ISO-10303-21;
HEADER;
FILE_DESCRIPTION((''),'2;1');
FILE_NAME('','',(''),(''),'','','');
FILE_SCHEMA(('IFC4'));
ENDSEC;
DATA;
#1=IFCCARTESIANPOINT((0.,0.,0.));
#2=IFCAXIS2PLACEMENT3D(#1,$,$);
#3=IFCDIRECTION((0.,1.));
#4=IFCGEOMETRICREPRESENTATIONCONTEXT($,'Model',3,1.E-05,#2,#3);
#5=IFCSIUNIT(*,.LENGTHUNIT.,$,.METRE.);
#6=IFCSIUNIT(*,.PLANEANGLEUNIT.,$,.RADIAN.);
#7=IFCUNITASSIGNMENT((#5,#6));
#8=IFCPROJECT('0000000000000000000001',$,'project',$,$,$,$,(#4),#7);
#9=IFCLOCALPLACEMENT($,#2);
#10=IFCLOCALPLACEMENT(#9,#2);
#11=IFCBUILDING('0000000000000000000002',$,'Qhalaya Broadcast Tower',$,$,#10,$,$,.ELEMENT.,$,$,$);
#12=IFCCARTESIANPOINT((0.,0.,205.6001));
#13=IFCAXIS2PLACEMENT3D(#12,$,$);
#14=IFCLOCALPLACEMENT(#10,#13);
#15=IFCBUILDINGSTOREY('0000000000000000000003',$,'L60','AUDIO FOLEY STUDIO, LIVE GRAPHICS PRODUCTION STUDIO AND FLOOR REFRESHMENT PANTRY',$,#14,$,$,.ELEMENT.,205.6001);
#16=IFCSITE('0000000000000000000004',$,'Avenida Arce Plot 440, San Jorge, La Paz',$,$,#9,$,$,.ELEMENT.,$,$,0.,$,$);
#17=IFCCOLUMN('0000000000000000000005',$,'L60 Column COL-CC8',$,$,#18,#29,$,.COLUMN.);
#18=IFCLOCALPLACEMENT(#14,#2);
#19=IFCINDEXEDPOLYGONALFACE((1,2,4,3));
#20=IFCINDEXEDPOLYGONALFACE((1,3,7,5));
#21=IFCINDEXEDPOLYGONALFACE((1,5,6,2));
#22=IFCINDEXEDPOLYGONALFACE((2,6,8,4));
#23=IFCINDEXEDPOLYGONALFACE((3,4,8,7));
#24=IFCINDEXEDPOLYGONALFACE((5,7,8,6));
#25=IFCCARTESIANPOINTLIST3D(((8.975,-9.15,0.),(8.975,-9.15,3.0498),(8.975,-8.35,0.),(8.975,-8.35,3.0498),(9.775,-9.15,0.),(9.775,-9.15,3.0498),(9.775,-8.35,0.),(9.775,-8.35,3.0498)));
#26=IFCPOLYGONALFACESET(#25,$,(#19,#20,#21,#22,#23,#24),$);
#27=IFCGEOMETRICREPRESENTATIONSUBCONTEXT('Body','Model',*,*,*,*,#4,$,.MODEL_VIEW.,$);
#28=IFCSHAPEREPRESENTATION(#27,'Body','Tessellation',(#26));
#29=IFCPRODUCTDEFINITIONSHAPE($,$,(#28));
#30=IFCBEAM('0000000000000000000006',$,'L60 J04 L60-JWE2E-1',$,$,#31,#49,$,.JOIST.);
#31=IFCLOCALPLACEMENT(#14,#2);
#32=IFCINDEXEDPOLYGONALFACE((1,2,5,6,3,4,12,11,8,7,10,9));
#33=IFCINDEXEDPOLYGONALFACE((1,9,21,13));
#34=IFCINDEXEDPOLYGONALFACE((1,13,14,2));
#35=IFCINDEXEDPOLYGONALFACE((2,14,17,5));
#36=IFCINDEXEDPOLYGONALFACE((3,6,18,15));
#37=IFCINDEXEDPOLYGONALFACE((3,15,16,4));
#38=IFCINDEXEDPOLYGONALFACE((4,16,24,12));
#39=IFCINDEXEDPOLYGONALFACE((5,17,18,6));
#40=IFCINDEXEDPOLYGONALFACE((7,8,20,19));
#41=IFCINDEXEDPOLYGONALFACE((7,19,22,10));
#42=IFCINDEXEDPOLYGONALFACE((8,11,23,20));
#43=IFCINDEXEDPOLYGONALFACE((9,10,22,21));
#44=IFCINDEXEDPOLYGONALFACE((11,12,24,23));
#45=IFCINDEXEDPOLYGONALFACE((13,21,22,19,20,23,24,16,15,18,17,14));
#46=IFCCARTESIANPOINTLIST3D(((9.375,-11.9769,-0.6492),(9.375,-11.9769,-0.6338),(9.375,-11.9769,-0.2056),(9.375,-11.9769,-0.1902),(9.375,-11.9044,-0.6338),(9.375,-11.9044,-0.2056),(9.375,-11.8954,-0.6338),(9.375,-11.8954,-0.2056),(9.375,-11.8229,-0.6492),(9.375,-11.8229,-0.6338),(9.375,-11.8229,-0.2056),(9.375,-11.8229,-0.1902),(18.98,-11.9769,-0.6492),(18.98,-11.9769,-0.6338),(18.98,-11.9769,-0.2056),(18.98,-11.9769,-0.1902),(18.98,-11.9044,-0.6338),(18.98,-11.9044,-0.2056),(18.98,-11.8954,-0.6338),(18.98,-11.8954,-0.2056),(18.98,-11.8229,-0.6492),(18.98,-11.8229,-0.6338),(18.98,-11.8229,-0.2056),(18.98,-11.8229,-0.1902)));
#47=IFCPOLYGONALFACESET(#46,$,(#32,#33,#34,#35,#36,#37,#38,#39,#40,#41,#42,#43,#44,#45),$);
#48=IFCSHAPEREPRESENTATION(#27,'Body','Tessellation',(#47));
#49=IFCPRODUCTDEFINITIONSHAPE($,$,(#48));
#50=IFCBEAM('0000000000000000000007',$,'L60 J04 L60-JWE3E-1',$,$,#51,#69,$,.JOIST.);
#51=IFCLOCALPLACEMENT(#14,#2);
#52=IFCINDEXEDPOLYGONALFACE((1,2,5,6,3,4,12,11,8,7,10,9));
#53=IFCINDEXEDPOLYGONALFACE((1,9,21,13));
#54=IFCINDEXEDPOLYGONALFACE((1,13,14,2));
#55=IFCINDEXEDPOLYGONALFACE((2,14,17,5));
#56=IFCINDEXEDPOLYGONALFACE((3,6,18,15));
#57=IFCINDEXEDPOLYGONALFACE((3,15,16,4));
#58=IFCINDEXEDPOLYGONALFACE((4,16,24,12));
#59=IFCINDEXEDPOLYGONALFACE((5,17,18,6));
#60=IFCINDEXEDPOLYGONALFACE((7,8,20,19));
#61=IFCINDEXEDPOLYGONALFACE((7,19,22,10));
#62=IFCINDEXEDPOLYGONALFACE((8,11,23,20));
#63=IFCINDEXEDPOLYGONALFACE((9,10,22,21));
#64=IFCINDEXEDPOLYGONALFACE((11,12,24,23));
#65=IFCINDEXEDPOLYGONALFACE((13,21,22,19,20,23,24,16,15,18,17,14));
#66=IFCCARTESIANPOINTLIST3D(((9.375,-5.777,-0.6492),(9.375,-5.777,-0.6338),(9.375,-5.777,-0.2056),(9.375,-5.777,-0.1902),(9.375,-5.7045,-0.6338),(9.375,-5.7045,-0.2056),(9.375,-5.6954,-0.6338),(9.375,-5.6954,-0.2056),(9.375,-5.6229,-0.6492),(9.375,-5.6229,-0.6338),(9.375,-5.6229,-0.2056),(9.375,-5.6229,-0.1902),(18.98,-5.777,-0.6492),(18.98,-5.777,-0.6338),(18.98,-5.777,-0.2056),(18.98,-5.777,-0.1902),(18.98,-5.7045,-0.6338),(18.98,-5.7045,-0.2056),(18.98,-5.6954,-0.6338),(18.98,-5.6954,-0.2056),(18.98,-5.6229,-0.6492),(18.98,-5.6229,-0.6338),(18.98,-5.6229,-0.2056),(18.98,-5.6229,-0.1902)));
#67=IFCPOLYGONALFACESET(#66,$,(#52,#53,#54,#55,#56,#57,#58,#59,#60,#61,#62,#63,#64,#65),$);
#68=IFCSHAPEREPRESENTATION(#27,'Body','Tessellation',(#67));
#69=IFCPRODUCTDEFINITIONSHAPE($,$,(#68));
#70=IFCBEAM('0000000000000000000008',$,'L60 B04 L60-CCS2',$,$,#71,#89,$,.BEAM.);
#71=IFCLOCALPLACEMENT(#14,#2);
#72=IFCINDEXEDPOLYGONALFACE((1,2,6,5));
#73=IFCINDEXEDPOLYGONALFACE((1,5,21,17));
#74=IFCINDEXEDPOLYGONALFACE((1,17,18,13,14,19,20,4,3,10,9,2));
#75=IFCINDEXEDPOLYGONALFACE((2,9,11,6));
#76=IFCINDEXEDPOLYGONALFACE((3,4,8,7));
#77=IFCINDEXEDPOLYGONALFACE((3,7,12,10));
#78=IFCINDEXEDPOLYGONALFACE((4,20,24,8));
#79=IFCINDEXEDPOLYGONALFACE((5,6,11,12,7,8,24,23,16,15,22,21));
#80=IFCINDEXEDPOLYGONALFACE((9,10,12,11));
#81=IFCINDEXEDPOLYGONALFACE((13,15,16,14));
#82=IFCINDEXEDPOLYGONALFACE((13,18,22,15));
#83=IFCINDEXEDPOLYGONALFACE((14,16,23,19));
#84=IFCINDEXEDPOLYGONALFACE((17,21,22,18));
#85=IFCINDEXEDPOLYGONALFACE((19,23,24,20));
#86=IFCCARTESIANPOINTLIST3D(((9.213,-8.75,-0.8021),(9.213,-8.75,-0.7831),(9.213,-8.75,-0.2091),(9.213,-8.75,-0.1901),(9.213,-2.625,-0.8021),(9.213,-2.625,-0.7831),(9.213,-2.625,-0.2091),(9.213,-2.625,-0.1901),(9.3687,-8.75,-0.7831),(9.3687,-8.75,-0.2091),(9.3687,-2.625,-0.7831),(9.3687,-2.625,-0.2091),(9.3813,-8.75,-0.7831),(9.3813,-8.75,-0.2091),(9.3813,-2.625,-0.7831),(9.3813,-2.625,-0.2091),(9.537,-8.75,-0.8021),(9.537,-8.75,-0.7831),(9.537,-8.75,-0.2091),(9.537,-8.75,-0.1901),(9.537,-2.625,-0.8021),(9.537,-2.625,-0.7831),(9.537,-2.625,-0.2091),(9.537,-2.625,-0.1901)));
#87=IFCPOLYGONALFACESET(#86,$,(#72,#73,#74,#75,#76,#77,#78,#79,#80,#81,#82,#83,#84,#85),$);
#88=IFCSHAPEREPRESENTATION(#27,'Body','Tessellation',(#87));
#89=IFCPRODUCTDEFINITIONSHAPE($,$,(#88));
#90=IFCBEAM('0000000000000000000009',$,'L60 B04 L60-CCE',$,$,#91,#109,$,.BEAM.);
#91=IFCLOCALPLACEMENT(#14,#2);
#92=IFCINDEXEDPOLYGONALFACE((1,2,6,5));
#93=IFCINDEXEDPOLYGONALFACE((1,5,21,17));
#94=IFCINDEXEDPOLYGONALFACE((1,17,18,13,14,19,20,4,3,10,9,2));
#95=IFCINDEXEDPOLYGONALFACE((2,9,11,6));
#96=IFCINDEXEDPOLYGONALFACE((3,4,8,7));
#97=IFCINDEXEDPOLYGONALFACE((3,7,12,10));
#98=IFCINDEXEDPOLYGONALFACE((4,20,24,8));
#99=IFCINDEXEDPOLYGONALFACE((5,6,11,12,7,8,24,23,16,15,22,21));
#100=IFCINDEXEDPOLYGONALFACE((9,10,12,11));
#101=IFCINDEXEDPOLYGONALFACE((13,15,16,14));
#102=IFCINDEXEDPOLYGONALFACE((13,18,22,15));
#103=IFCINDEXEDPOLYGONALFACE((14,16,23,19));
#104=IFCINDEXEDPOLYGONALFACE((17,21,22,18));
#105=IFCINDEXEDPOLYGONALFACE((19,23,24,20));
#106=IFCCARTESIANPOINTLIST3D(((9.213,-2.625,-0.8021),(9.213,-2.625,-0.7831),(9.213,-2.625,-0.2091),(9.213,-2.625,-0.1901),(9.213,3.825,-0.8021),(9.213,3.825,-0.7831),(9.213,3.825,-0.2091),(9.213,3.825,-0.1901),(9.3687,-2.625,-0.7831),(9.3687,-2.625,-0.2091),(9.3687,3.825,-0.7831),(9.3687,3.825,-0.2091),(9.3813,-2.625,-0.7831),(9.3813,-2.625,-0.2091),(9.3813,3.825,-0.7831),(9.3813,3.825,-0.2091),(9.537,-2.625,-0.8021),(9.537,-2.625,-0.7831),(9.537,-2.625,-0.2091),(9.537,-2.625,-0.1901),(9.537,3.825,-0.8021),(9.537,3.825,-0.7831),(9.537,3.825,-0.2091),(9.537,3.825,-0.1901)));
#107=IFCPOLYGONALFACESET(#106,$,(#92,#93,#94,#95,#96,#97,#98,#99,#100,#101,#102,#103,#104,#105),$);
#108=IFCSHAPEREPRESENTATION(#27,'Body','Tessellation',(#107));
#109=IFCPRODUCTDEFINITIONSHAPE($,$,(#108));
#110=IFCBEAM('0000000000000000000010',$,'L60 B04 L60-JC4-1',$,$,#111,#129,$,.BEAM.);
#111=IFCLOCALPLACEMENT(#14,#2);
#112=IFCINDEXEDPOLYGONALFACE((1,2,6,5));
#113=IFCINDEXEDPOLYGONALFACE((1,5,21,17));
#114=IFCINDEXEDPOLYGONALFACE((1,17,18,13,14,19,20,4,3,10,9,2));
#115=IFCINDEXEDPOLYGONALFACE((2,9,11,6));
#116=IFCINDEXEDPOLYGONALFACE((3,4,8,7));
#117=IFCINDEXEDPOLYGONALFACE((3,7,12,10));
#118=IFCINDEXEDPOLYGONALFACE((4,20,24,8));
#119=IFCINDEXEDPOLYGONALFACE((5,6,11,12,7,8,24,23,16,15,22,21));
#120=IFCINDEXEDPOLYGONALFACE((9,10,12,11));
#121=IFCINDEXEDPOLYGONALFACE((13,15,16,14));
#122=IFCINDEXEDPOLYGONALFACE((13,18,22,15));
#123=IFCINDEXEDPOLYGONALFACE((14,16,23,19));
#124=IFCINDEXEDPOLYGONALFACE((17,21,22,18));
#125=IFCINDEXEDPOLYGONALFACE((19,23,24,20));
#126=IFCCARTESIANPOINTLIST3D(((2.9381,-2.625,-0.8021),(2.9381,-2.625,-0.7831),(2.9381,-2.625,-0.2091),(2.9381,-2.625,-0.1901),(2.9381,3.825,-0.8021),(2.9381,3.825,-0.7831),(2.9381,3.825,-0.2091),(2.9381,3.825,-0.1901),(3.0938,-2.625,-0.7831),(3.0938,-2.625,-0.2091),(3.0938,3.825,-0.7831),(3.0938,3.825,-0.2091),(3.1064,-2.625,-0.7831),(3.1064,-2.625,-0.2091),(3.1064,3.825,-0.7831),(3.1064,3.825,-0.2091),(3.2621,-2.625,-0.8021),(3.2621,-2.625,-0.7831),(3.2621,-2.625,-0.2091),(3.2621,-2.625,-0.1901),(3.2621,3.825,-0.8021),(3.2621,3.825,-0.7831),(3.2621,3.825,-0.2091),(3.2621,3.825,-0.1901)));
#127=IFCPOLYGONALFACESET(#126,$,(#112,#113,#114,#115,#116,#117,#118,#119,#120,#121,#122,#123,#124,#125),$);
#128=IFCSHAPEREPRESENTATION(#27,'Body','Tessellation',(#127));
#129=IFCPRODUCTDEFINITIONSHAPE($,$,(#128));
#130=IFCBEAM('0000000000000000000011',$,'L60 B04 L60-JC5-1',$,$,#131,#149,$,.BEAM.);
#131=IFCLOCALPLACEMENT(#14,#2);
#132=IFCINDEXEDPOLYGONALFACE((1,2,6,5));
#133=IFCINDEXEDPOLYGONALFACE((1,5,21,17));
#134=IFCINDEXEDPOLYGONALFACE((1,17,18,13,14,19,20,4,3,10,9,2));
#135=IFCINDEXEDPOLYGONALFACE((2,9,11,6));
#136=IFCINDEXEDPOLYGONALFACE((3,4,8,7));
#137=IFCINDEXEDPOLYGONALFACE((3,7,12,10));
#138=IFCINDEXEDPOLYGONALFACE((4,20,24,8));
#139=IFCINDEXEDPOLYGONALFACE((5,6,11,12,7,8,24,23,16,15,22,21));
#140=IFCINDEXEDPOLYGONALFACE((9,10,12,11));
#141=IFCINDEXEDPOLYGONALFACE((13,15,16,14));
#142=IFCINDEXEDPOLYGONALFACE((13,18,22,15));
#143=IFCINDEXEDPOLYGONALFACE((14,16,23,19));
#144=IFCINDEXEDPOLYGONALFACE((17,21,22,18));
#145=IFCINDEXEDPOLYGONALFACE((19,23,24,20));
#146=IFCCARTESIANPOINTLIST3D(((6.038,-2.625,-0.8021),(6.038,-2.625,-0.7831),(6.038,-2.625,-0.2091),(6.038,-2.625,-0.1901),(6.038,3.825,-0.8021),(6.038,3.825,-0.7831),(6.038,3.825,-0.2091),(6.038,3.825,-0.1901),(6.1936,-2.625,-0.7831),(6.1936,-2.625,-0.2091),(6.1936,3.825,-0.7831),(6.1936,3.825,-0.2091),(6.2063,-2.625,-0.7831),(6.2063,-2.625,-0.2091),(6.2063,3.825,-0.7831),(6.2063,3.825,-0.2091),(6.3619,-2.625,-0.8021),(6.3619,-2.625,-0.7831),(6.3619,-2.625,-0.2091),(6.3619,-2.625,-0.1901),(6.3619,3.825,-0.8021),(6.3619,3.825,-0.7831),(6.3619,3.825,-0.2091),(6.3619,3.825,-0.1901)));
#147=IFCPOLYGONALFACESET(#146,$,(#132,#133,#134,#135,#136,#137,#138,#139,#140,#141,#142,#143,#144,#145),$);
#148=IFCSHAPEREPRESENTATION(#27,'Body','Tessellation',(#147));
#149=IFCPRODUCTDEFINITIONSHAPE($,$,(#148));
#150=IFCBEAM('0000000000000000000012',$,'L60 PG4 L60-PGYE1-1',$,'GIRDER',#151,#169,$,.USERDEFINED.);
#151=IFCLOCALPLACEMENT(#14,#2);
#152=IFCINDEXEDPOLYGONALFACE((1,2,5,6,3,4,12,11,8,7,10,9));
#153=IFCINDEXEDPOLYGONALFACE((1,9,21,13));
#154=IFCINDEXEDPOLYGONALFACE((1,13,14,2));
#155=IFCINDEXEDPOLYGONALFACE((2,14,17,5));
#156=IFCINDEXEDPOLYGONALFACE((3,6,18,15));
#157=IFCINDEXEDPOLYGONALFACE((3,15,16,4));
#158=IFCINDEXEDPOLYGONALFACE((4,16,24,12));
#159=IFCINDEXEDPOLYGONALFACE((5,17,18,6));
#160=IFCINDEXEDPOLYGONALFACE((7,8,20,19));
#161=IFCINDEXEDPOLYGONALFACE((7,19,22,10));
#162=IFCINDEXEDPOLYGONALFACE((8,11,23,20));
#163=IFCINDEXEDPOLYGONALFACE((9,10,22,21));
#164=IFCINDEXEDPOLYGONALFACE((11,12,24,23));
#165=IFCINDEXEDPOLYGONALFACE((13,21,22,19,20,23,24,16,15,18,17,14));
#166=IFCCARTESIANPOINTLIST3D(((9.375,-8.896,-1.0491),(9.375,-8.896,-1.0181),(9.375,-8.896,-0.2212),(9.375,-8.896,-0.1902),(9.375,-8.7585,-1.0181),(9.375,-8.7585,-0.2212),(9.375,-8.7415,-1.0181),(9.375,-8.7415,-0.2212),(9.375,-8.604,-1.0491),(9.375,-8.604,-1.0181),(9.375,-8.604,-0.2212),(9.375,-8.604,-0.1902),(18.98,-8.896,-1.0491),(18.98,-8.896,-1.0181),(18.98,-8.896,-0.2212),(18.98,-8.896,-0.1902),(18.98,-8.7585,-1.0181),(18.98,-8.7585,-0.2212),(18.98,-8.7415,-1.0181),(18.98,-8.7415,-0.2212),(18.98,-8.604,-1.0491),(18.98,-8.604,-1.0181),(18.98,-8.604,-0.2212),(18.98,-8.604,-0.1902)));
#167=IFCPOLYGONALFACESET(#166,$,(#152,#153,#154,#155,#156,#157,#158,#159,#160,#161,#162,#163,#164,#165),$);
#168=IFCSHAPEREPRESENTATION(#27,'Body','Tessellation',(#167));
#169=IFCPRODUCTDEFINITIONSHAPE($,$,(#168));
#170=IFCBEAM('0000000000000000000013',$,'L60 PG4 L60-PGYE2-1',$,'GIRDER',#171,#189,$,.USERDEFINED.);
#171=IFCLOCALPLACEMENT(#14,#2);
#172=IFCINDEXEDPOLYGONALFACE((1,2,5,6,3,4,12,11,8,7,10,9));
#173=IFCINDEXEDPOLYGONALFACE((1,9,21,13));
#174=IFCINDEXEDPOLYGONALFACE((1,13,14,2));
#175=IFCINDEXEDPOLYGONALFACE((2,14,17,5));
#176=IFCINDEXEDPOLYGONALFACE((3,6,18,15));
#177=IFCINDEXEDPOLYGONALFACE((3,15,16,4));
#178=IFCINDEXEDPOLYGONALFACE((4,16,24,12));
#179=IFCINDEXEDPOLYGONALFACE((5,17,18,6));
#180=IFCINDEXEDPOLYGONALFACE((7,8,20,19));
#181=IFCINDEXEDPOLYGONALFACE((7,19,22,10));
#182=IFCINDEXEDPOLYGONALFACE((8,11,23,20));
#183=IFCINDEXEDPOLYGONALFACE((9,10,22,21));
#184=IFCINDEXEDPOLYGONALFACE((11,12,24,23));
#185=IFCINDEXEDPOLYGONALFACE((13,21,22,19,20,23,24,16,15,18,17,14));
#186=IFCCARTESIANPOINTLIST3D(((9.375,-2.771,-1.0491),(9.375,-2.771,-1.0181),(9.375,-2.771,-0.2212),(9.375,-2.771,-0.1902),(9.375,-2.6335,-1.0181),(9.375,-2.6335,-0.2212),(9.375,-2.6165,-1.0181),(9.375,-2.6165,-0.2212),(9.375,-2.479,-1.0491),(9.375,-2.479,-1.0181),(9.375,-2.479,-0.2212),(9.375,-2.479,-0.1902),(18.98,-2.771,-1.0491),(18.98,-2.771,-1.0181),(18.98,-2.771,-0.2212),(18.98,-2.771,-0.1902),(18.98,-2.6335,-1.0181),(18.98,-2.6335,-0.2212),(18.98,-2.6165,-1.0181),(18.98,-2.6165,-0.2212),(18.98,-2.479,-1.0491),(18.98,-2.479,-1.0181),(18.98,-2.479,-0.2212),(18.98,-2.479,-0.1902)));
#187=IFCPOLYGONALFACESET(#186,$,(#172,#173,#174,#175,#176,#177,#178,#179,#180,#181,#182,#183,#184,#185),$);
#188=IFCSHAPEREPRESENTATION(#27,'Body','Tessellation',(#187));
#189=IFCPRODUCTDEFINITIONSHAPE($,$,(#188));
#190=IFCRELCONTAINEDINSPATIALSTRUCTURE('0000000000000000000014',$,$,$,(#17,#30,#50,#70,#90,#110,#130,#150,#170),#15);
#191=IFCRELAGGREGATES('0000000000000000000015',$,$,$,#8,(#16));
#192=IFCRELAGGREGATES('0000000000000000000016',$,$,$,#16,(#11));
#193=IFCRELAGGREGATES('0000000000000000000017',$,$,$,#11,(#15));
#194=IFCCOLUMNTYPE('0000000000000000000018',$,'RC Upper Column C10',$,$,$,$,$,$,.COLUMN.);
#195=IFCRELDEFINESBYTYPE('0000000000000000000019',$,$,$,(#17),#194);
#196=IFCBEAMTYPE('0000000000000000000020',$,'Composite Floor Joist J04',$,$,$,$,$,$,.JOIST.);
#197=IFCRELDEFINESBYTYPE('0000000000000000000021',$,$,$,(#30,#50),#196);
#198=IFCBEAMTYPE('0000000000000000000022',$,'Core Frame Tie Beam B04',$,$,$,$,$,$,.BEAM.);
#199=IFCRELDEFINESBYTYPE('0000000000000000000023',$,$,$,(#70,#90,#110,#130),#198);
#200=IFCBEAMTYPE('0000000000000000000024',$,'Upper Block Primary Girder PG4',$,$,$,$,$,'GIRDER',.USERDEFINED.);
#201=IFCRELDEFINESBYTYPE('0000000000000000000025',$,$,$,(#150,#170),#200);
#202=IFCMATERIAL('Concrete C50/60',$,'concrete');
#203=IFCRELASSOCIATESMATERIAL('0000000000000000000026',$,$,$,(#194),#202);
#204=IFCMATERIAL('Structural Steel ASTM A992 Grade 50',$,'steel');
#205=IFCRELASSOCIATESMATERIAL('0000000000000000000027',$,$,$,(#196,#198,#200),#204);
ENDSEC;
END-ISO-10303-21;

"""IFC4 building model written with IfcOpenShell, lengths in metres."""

from ifc_helpers import new_model, si_unit, direction, frame, origin, origin_2d, place, context, subcontext, project, spatial, rectangle, i_section, extrude, material, material_profile, profile_set, type_object, element, save


model = new_model("IFC4")

# Units and contexts
model_context = context("Model", 3, precision=1e-05, world=origin(), true_north=direction((0.0, 1.0)))
body_context = subcontext(model_context, "Body", "Model", "MODEL_VIEW")
ifc_project = project(units=[si_unit("LENGTHUNIT", "METRE"), si_unit("PLANEANGLEUNIT", "RADIAN")], contexts=[model_context])

# Site, building, storey
site_placement = place(None, origin())
site = spatial("IfcSite", under=ifc_project, at=site_placement, Name="Avenida Arce Plot 440, San Jorge, La Paz", CompositionType="ELEMENT", RefElevation=0.0)
building_placement = place(site_placement, origin())
building = spatial("IfcBuilding", under=site, at=building_placement, Name="Qhalaya Broadcast Tower", CompositionType="ELEMENT")
storey_placement = place(building_placement, frame((0.0, 0.0, 205.6001)))
storey = spatial("IfcBuildingStorey", under=building, at=storey_placement, Name="L60", Description="AUDIO FOLEY STUDIO, LIVE GRAPHICS PRODUCTION STUDIO AND FLOOR REFRESHMENT PANTRY", CompositionType="ELEMENT", Elevation=205.6001)

# Column
ifc_material_1 = material(Name="Concrete C50/60", Category="concrete")
ifc_material_profile_1 = material_profile(ifc_material_1, rectangle(XDim=0.8, YDim=0.8, at=origin_2d()), Name="RC-COL 800x800")
ifc_profile_set_1 = profile_set([ifc_material_profile_1], Name="Concrete C50/60")
column_type = type_object("IfcColumnType", Name="RC Upper Column C10", PredefinedType="COLUMN", material=ifc_profile_set_1)
column_placement = place(storey_placement, frame((9.375, -8.75, 0.0), z_axis=(0.0, 0.0, 1.0), x_axis=(1.0, 0.0, 0.0)))
element("IfcColumn", 1, at=column_placement, inside=storey, type_object=column_type, Name="L60 Column COL-CC8", PredefinedType="COLUMN", context=body_context, shape_type="SweptSolid", body=[
    extrude(rectangle(XDim=0.8, YDim=0.8, at=origin_2d()), origin(), (0.0, 0.0, 1.0), 3.0498),
])

# Beams
ifc_material_2 = material(Name="Structural Steel ASTM A992 Grade 50", Category="steel")
ifc_material_profile_2 = material_profile(ifc_material_2, i_section(OverallWidth=0.1541, OverallDepth=0.459, WebThickness=0.009, FlangeThickness=0.0154, at=origin_2d()), Name="W18X46")
ifc_profile_set_2 = profile_set([ifc_material_profile_2], Name="Structural Steel ASTM A992 Grade 50")
beam_type_1 = type_object("IfcBeamType", Name="Composite Floor Joist J04", PredefinedType="JOIST", material=ifc_profile_set_2)
for number, where, z_axis, x_axis, name in (
    (2, (9.375, -11.8999, -0.4197), (1.0, 0.0, 0.0), (0.0, 1.0, 0.0), "L60 J04 L60-JWE2E-1"),
    (3, (9.375, -5.7, -0.4197), (1.0, 0.0, 0.0), (0.0, 1.0, 0.0), "L60 J04 L60-JWE3E-1"),
):
    element("IfcBeam", number, at=place(storey_placement, frame(where, z_axis=z_axis, x_axis=x_axis)), inside=storey, type_object=beam_type_1, Name=name, PredefinedType="JOIST", context=body_context, shape_type="SweptSolid", body=[
        extrude(i_section(OverallWidth=0.1541, OverallDepth=0.459, WebThickness=0.009, FlangeThickness=0.0154, at=origin_2d()), origin(), (0.0, 0.0, 1.0), 9.605),
    ])
ifc_material_profile_3 = material_profile(ifc_material_2, i_section(OverallWidth=0.324, OverallDepth=0.6121, WebThickness=0.0127, FlangeThickness=0.019, at=origin_2d()), Name="W24X104")
ifc_profile_set_3 = profile_set([ifc_material_profile_3], Name="Structural Steel ASTM A992 Grade 50")
beam_type_2 = type_object("IfcBeamType", Name="Core Frame Tie Beam B04", PredefinedType="BEAM", material=ifc_profile_set_3)
beam_placement = place(storey_placement, frame((9.375, -8.75, -0.4961), z_axis=(0.0, 1.0, 0.0), x_axis=(-1.0, 0.0, 0.0)))
element("IfcBeam", 4, at=beam_placement, inside=storey, type_object=beam_type_2, Name="L60 B04 L60-CCS2", PredefinedType="BEAM", context=body_context, shape_type="SweptSolid", body=[
    extrude(i_section(OverallWidth=0.324, OverallDepth=0.6121, WebThickness=0.0127, FlangeThickness=0.019, at=origin_2d()), origin(), (0.0, 0.0, 1.0), 6.125),
])
for number, where, z_axis, x_axis, name in (
    (5, (9.375, -2.625, -0.4961), (0.0, 1.0, 0.0), (-1.0, 0.0, 0.0), "L60 B04 L60-CCE"),
    (6, (3.1001, -2.625, -0.4961), (0.0, 1.0, 0.0), (-1.0, 0.0, 0.0), "L60 B04 L60-JC4-1"),
    (7, (6.2, -2.625, -0.4961), (0.0, 1.0, 0.0), (-1.0, 0.0, 0.0), "L60 B04 L60-JC5-1"),
):
    element("IfcBeam", number, at=place(storey_placement, frame(where, z_axis=z_axis, x_axis=x_axis)), inside=storey, type_object=beam_type_2, Name=name, PredefinedType="BEAM", context=body_context, shape_type="SweptSolid", body=[
        extrude(i_section(OverallWidth=0.324, OverallDepth=0.6121, WebThickness=0.0127, FlangeThickness=0.019, at=origin_2d()), origin(), (0.0, 0.0, 1.0), 6.45),
    ])
ifc_material_profile_4 = material_profile(ifc_material_2, i_section(OverallWidth=0.292, OverallDepth=0.8589, WebThickness=0.0171, FlangeThickness=0.031, at=origin_2d()), Name="W33X169")
ifc_profile_set_4 = profile_set([ifc_material_profile_4], Name="Structural Steel ASTM A992 Grade 50")
beam_type_3 = type_object("IfcBeamType", Name="Upper Block Primary Girder PG4", ElementType="GIRDER", PredefinedType="USERDEFINED", material=ifc_profile_set_4)
for number, where, z_axis, x_axis, name in (
    (8, (9.375, -8.75, -0.6196), (1.0, 0.0, 0.0), (0.0, 1.0, 0.0), "L60 PG4 L60-PGYE1-1"),
    (9, (9.375, -2.625, -0.6196), (1.0, 0.0, 0.0), (0.0, 1.0, 0.0), "L60 PG4 L60-PGYE2-1"),
):
    element("IfcBeam", number, at=place(storey_placement, frame(where, z_axis=z_axis, x_axis=x_axis)), inside=storey, type_object=beam_type_3, Name=name, ObjectType="GIRDER", PredefinedType="USERDEFINED", context=body_context, shape_type="SweptSolid", body=[
        extrude(i_section(OverallWidth=0.292, OverallDepth=0.8589, WebThickness=0.0171, FlangeThickness=0.031, at=origin_2d()), origin(), (0.0, 0.0, 1.0), 9.605),
    ])

save(model, "model.ifc")
